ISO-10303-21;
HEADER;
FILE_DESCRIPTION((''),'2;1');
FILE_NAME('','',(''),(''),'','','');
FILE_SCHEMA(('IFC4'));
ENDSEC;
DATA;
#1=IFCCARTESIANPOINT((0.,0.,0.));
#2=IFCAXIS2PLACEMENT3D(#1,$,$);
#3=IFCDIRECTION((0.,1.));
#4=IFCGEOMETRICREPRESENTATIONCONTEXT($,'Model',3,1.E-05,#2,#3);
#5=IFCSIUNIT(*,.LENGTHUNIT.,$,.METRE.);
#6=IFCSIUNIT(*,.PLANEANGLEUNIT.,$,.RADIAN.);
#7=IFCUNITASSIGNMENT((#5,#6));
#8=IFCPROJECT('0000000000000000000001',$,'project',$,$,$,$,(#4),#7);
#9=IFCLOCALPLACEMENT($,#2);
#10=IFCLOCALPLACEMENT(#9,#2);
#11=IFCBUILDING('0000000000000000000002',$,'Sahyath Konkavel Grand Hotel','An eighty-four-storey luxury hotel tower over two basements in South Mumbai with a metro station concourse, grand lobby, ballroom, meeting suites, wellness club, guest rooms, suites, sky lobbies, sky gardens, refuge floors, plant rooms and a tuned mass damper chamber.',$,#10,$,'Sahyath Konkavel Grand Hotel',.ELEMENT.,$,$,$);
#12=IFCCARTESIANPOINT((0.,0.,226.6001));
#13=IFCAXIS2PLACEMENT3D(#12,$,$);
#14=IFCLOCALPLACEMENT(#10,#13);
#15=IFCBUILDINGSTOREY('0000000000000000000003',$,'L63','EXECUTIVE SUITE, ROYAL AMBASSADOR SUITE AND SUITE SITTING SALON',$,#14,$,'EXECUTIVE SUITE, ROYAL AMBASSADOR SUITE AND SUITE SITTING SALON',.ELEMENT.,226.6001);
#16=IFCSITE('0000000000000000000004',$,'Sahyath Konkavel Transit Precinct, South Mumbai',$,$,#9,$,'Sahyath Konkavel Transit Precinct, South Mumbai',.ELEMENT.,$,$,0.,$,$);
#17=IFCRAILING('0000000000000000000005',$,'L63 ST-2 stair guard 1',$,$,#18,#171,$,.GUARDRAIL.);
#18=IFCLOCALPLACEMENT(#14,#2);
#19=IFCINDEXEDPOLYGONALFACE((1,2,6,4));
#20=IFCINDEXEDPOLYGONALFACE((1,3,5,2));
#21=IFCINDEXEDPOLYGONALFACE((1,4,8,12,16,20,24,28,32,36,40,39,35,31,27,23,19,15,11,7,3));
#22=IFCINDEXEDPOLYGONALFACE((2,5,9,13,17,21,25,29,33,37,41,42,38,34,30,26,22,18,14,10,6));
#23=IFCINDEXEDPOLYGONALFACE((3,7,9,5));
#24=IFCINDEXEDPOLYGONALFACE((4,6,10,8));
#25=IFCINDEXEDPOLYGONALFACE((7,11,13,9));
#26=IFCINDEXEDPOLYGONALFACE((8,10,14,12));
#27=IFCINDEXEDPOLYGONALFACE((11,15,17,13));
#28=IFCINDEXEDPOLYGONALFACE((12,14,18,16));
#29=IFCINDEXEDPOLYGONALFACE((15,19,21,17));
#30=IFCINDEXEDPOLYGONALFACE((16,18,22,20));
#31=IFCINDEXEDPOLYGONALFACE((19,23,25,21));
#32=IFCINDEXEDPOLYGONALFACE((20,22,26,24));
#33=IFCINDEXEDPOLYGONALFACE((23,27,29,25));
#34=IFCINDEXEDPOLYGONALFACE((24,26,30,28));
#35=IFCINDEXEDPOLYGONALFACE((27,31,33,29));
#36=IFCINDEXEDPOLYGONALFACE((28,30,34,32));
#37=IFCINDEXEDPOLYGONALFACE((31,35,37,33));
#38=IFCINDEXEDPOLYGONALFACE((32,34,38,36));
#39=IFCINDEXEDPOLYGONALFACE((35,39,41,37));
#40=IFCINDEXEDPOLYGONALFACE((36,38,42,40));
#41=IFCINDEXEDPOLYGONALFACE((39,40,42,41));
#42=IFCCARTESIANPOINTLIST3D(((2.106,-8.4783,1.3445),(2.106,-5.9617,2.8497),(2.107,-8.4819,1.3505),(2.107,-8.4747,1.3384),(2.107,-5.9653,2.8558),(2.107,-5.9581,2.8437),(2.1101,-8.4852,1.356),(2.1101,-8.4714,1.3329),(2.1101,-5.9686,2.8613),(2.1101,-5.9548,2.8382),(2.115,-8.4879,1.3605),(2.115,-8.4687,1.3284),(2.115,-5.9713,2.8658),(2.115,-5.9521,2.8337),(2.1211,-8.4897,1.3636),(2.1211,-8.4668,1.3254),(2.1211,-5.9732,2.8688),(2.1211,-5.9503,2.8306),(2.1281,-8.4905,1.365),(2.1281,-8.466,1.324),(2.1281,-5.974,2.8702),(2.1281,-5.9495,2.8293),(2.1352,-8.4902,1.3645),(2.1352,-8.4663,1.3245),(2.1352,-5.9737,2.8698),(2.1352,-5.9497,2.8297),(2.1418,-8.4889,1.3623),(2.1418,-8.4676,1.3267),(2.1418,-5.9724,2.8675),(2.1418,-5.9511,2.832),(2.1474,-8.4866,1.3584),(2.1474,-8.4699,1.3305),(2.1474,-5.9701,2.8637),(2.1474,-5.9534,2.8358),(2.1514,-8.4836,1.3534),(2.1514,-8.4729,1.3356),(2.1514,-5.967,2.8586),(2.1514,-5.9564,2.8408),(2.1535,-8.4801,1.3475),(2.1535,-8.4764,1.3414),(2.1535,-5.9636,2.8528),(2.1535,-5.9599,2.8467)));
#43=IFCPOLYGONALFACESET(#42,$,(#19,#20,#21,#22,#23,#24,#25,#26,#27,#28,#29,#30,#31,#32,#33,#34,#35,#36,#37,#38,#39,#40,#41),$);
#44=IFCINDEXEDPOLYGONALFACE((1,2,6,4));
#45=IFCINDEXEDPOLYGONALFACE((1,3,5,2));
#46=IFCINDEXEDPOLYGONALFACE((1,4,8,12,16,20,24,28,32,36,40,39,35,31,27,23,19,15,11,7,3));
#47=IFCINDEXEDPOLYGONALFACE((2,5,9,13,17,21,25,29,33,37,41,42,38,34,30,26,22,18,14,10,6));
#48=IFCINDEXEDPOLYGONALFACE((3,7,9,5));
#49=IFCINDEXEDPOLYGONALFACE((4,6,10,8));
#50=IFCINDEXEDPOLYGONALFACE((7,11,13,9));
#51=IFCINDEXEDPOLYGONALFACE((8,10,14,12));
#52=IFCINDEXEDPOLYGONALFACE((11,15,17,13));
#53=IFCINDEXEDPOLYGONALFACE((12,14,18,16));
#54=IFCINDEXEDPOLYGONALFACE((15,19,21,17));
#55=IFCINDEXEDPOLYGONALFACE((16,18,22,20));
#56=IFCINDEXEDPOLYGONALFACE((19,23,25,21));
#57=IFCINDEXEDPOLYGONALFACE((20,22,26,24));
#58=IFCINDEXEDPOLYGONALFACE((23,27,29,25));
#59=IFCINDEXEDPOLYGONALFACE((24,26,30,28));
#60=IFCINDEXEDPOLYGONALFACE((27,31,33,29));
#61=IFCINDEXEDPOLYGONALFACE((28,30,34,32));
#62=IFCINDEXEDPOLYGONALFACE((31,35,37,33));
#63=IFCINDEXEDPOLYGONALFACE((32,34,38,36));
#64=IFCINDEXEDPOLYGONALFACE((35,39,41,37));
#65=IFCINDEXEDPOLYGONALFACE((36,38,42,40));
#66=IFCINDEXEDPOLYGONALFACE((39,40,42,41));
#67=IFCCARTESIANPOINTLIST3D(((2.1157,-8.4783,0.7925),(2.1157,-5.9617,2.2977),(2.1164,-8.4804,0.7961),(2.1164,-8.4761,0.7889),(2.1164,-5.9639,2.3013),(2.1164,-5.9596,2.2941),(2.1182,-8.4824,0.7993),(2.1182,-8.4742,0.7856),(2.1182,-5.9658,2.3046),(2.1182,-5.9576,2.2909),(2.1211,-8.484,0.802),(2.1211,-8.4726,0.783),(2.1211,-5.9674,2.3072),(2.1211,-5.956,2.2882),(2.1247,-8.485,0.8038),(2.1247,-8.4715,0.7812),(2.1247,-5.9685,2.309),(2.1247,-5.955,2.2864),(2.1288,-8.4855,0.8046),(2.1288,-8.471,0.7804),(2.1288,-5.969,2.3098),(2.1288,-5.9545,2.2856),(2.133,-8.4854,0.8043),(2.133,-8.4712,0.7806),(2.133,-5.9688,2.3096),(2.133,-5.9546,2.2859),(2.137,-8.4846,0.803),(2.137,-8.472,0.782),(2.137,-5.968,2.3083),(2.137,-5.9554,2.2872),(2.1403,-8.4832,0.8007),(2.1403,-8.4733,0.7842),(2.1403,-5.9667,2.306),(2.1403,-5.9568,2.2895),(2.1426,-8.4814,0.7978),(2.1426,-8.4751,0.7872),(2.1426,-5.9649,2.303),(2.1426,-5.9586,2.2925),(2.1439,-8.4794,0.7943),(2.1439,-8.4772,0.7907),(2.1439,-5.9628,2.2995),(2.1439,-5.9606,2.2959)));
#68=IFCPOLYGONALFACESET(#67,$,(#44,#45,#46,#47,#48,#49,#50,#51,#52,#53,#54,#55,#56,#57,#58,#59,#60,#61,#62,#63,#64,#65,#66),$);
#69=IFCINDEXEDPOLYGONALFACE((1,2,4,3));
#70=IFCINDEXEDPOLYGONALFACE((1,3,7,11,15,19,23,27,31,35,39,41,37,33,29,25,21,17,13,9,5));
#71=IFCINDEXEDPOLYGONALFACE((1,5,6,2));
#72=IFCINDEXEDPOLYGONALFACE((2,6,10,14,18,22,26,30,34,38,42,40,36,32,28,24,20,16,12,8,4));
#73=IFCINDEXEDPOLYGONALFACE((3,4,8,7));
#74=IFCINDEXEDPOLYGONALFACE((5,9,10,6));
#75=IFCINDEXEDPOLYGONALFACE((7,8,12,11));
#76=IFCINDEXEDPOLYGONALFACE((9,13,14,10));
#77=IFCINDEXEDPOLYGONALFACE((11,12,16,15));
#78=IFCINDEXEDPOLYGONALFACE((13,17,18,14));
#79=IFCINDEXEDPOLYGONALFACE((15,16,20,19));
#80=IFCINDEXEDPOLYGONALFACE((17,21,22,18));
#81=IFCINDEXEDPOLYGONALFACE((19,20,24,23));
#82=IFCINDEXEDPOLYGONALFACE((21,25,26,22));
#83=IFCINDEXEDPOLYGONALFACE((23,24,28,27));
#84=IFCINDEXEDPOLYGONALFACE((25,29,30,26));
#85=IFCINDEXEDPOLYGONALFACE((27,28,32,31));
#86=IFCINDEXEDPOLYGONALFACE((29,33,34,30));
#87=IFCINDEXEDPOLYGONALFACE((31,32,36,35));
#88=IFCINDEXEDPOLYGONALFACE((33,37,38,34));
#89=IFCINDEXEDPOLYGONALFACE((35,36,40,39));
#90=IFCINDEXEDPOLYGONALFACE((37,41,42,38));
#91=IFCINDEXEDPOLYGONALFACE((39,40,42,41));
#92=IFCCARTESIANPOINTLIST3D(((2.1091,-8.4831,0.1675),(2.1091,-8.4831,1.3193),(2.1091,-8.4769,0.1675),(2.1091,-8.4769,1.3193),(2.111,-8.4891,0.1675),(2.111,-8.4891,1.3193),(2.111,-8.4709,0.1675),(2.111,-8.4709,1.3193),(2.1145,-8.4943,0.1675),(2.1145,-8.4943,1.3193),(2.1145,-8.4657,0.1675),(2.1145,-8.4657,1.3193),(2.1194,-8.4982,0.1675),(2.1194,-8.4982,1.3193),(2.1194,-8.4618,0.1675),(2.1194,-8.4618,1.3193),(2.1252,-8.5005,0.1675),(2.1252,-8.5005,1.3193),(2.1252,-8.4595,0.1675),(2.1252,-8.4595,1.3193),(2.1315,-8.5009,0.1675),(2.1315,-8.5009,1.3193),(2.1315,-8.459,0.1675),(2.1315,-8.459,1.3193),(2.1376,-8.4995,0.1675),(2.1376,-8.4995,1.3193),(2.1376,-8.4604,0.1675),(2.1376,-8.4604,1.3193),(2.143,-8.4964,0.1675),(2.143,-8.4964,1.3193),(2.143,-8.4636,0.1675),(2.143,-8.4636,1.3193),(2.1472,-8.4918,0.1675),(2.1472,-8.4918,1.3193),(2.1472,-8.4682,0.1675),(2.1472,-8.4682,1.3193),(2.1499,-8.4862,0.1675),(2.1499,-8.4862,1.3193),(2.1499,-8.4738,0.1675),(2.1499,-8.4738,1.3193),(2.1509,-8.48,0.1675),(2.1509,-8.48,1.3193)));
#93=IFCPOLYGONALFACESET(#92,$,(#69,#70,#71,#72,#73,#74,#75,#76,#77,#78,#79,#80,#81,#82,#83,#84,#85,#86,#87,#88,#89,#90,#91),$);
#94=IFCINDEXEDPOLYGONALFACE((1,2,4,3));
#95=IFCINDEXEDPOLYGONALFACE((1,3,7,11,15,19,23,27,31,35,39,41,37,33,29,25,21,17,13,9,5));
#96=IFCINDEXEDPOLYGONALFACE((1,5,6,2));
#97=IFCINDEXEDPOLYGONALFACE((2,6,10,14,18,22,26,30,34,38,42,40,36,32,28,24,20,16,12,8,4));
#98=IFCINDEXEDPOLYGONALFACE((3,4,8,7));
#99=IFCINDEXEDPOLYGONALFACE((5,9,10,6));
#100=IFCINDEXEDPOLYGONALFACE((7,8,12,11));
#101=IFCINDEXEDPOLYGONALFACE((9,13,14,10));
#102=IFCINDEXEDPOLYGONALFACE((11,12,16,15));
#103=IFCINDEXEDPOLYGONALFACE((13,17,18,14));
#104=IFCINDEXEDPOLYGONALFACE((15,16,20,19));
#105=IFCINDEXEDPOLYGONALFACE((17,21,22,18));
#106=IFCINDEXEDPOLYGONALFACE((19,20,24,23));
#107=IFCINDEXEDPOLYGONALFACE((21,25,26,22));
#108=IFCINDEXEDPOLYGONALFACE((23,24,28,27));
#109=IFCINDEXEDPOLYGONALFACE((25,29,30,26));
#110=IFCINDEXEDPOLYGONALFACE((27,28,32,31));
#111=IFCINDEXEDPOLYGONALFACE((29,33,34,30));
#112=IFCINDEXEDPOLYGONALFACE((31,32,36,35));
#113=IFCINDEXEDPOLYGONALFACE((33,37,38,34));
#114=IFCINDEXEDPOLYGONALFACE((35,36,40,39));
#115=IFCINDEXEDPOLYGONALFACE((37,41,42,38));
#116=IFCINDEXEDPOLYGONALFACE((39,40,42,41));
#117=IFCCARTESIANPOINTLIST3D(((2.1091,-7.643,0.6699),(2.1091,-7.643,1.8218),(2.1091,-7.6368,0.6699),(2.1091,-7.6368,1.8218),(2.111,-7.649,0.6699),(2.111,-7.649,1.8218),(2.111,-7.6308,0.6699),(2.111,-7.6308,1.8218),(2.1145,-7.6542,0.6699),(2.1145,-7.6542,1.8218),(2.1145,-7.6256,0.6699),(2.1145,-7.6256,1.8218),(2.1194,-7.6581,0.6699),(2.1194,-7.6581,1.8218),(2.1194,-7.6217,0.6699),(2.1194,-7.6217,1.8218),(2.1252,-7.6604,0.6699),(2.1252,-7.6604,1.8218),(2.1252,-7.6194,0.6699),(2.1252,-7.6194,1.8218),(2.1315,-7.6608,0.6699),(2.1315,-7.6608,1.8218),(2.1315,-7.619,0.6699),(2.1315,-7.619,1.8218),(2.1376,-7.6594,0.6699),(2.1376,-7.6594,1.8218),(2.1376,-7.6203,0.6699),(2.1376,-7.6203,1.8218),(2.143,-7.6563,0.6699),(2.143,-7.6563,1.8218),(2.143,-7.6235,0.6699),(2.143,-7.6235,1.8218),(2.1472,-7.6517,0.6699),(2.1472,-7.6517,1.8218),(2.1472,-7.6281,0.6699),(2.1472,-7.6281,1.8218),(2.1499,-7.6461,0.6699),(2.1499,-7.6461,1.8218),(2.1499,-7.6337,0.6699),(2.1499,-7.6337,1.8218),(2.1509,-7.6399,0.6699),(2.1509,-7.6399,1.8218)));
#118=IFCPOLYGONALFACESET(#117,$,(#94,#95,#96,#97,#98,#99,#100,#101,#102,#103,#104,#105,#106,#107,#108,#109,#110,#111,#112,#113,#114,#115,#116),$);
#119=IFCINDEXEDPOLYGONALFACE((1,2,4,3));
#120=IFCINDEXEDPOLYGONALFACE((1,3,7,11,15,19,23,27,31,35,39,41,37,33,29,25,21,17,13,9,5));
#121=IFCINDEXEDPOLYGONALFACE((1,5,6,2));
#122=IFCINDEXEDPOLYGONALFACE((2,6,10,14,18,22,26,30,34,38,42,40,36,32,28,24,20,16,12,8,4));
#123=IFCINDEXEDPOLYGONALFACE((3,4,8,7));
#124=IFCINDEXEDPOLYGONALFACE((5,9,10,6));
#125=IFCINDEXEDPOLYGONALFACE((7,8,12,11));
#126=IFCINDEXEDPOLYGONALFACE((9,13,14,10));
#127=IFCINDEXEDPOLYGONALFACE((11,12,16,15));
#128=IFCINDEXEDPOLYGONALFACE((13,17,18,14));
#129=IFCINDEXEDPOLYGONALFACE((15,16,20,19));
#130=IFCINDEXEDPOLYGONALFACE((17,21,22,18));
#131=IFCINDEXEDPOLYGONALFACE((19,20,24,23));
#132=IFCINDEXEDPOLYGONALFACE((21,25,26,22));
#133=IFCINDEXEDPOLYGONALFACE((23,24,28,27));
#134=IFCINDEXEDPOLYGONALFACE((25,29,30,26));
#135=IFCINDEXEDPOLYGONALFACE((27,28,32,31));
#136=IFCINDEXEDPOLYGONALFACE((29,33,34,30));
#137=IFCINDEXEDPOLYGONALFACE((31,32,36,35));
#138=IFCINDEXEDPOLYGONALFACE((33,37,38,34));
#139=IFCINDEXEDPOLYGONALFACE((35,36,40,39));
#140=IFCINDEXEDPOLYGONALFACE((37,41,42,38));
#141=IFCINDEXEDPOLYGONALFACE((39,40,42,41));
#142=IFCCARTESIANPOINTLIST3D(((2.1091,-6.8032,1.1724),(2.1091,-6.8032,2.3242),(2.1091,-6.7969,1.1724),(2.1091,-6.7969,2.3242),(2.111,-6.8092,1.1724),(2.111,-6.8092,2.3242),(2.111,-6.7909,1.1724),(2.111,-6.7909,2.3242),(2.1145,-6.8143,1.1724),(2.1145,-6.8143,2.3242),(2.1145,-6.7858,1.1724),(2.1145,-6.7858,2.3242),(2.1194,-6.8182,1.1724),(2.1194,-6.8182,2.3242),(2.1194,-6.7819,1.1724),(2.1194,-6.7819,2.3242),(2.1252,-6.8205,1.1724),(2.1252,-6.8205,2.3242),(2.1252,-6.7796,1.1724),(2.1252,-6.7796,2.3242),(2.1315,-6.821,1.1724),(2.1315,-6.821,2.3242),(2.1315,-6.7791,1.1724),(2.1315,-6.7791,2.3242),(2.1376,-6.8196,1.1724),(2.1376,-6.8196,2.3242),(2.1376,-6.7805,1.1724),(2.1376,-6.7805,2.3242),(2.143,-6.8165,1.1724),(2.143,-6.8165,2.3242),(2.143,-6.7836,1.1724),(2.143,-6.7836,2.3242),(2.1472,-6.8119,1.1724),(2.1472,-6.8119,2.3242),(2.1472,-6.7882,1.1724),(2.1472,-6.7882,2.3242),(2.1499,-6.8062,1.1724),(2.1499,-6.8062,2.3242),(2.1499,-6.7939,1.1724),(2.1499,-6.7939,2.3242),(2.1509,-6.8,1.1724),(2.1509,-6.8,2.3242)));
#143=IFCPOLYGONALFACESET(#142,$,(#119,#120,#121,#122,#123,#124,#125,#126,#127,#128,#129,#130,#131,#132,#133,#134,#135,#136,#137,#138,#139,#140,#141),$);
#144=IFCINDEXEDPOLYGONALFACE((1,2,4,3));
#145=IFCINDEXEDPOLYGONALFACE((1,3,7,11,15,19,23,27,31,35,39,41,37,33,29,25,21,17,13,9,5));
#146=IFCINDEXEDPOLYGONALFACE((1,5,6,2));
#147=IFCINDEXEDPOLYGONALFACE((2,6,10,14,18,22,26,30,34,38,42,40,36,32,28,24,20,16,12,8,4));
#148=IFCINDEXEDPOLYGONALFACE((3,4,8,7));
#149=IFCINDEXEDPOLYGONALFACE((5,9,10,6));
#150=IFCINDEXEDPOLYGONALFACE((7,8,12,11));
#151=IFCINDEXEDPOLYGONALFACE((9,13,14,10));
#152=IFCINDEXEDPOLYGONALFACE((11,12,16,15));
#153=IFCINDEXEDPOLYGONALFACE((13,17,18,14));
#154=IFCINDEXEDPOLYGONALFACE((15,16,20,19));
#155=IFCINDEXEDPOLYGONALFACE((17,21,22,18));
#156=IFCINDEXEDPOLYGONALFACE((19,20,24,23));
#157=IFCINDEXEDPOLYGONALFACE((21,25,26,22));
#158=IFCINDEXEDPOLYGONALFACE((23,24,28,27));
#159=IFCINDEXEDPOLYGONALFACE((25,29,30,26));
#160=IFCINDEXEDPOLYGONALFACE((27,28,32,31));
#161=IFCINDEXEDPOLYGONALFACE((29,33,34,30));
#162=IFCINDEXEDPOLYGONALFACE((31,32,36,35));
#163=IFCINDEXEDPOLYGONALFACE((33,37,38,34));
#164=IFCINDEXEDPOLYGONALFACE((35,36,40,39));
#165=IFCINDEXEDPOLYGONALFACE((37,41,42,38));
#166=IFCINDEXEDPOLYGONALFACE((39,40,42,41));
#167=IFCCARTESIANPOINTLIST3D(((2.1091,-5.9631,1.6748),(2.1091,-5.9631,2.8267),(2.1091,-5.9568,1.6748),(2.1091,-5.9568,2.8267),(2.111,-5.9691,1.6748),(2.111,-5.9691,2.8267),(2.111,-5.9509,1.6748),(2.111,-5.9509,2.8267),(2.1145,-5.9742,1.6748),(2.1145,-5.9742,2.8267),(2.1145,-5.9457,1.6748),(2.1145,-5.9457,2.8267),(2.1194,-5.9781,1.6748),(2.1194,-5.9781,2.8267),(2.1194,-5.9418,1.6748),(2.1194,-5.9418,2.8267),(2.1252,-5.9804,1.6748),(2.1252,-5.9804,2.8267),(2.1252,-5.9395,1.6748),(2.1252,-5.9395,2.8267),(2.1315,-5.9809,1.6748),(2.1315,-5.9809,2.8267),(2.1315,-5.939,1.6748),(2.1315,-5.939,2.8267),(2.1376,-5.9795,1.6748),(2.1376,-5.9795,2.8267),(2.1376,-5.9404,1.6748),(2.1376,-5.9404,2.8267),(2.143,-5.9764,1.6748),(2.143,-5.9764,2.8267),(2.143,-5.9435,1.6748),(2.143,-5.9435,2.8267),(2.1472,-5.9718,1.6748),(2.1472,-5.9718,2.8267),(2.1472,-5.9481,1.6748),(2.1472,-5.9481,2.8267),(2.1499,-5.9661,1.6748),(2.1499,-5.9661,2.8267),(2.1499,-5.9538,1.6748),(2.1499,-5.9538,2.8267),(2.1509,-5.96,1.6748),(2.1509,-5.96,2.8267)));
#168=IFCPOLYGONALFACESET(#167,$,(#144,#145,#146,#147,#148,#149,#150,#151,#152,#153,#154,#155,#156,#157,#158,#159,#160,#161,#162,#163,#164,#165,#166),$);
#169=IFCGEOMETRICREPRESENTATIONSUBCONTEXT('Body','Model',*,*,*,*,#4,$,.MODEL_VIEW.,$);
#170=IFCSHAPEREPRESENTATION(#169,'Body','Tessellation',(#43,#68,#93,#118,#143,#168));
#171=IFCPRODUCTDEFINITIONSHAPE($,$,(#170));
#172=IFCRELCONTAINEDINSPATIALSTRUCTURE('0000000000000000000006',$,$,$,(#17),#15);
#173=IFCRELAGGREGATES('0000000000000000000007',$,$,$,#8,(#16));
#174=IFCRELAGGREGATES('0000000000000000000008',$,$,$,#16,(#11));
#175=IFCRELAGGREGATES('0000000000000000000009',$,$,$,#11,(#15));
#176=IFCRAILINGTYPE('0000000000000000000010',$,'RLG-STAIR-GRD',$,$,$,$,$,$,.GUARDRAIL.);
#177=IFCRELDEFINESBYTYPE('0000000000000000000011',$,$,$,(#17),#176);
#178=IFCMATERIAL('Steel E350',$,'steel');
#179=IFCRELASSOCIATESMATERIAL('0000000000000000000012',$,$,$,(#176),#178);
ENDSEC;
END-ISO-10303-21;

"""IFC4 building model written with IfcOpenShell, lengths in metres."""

from ifc_helpers import new_model, si_unit, direction, frame, origin, origin_2d, place, context, subcontext, project, spatial, circle, extrude, material, type_object, element, save


model = new_model("IFC4")

# Units and contexts
model_context = context("Model", 3, precision=1e-05, world=origin(), true_north=direction((0.0, 1.0)))
body_context = subcontext(model_context, "Body", "Model", "MODEL_VIEW")
ifc_project = project(units=[si_unit("LENGTHUNIT", "METRE"), si_unit("PLANEANGLEUNIT", "RADIAN")], contexts=[model_context])

# Site, building, storey
site_placement = place(None, origin())
site = spatial("IfcSite", under=ifc_project, at=site_placement, Name="Sahyath Konkavel Transit Precinct, South Mumbai", LongName="Sahyath Konkavel Transit Precinct, South Mumbai", CompositionType="ELEMENT", RefElevation=0.0)
building_placement = place(site_placement, origin())
building = spatial("IfcBuilding", under=site, at=building_placement, Name="Sahyath Konkavel Grand Hotel", Description="An eighty-four-storey luxury hotel tower over two basements in South Mumbai with a metro station concourse, grand lobby, ballroom, meeting suites, wellness club, guest rooms, suites, sky lobbies, sky gardens, refuge floors, plant rooms and a tuned mass damper chamber.", LongName="Sahyath Konkavel Grand Hotel", CompositionType="ELEMENT")
storey_placement = place(building_placement, frame((0.0, 0.0, 226.6001)))
storey = spatial("IfcBuildingStorey", under=building, at=storey_placement, Name="L63", Description="EXECUTIVE SUITE, ROYAL AMBASSADOR SUITE AND SUITE SITTING SALON", LongName="EXECUTIVE SUITE, ROYAL AMBASSADOR SUITE AND SUITE SITTING SALON", CompositionType="ELEMENT", Elevation=226.6001)

# Shared definitions
ifc_material_1 = material(Name="Steel E350", Category="steel")

# Railing
railing_type = type_object("IfcRailingType", Name="RLG-STAIR-GRD", PredefinedType="GUARDRAIL", material=ifc_material_1)
railing_1_placement = place(storey_placement, frame((2.1299, -8.48, 0.1675)))
element("IfcRailing", 1, at=railing_1_placement, inside=storey, type_object=railing_type, Name="L63 ST-2 stair guard 1", PredefinedType="GUARDRAIL", context=body_context, shape_type="SweptSolid", body=[
    extrude(circle(Radius=0.0239, at=origin_2d()), frame((0.0, 0.0017, 1.177), z_axis=(0.0, 0.858196, 0.513321), x_axis=(-1.0, 0.0, 0.0)), (0.0, 0.0, 1.0), 2.9324),
    extrude(circle(Radius=0.0142, at=origin_2d()), frame((0.0, 0.0017, 0.625), z_axis=(0.0, 0.858196, 0.513321), x_axis=(-1.0, 0.0, 0.0)), (0.0, 0.0, 1.0), 2.9324),
    extrude(circle(Radius=0.021, at=origin_2d()), origin(), (0.0, 0.0, 1.0), 1.1519),
    extrude(circle(Radius=0.021, at=origin_2d()), frame((0.0, 0.8401, 0.5024)), (0.0, 0.0, 1.0), 1.1519),
    extrude(circle(Radius=0.021, at=origin_2d()), frame((0.0, 1.6799, 1.0049)), (0.0, 0.0, 1.0), 1.1519),
    extrude(circle(Radius=0.021, at=origin_2d()), frame((0.0, 2.52, 1.5073)), (0.0, 0.0, 1.0), 1.1519),
])

save(model, "model.ifc")
